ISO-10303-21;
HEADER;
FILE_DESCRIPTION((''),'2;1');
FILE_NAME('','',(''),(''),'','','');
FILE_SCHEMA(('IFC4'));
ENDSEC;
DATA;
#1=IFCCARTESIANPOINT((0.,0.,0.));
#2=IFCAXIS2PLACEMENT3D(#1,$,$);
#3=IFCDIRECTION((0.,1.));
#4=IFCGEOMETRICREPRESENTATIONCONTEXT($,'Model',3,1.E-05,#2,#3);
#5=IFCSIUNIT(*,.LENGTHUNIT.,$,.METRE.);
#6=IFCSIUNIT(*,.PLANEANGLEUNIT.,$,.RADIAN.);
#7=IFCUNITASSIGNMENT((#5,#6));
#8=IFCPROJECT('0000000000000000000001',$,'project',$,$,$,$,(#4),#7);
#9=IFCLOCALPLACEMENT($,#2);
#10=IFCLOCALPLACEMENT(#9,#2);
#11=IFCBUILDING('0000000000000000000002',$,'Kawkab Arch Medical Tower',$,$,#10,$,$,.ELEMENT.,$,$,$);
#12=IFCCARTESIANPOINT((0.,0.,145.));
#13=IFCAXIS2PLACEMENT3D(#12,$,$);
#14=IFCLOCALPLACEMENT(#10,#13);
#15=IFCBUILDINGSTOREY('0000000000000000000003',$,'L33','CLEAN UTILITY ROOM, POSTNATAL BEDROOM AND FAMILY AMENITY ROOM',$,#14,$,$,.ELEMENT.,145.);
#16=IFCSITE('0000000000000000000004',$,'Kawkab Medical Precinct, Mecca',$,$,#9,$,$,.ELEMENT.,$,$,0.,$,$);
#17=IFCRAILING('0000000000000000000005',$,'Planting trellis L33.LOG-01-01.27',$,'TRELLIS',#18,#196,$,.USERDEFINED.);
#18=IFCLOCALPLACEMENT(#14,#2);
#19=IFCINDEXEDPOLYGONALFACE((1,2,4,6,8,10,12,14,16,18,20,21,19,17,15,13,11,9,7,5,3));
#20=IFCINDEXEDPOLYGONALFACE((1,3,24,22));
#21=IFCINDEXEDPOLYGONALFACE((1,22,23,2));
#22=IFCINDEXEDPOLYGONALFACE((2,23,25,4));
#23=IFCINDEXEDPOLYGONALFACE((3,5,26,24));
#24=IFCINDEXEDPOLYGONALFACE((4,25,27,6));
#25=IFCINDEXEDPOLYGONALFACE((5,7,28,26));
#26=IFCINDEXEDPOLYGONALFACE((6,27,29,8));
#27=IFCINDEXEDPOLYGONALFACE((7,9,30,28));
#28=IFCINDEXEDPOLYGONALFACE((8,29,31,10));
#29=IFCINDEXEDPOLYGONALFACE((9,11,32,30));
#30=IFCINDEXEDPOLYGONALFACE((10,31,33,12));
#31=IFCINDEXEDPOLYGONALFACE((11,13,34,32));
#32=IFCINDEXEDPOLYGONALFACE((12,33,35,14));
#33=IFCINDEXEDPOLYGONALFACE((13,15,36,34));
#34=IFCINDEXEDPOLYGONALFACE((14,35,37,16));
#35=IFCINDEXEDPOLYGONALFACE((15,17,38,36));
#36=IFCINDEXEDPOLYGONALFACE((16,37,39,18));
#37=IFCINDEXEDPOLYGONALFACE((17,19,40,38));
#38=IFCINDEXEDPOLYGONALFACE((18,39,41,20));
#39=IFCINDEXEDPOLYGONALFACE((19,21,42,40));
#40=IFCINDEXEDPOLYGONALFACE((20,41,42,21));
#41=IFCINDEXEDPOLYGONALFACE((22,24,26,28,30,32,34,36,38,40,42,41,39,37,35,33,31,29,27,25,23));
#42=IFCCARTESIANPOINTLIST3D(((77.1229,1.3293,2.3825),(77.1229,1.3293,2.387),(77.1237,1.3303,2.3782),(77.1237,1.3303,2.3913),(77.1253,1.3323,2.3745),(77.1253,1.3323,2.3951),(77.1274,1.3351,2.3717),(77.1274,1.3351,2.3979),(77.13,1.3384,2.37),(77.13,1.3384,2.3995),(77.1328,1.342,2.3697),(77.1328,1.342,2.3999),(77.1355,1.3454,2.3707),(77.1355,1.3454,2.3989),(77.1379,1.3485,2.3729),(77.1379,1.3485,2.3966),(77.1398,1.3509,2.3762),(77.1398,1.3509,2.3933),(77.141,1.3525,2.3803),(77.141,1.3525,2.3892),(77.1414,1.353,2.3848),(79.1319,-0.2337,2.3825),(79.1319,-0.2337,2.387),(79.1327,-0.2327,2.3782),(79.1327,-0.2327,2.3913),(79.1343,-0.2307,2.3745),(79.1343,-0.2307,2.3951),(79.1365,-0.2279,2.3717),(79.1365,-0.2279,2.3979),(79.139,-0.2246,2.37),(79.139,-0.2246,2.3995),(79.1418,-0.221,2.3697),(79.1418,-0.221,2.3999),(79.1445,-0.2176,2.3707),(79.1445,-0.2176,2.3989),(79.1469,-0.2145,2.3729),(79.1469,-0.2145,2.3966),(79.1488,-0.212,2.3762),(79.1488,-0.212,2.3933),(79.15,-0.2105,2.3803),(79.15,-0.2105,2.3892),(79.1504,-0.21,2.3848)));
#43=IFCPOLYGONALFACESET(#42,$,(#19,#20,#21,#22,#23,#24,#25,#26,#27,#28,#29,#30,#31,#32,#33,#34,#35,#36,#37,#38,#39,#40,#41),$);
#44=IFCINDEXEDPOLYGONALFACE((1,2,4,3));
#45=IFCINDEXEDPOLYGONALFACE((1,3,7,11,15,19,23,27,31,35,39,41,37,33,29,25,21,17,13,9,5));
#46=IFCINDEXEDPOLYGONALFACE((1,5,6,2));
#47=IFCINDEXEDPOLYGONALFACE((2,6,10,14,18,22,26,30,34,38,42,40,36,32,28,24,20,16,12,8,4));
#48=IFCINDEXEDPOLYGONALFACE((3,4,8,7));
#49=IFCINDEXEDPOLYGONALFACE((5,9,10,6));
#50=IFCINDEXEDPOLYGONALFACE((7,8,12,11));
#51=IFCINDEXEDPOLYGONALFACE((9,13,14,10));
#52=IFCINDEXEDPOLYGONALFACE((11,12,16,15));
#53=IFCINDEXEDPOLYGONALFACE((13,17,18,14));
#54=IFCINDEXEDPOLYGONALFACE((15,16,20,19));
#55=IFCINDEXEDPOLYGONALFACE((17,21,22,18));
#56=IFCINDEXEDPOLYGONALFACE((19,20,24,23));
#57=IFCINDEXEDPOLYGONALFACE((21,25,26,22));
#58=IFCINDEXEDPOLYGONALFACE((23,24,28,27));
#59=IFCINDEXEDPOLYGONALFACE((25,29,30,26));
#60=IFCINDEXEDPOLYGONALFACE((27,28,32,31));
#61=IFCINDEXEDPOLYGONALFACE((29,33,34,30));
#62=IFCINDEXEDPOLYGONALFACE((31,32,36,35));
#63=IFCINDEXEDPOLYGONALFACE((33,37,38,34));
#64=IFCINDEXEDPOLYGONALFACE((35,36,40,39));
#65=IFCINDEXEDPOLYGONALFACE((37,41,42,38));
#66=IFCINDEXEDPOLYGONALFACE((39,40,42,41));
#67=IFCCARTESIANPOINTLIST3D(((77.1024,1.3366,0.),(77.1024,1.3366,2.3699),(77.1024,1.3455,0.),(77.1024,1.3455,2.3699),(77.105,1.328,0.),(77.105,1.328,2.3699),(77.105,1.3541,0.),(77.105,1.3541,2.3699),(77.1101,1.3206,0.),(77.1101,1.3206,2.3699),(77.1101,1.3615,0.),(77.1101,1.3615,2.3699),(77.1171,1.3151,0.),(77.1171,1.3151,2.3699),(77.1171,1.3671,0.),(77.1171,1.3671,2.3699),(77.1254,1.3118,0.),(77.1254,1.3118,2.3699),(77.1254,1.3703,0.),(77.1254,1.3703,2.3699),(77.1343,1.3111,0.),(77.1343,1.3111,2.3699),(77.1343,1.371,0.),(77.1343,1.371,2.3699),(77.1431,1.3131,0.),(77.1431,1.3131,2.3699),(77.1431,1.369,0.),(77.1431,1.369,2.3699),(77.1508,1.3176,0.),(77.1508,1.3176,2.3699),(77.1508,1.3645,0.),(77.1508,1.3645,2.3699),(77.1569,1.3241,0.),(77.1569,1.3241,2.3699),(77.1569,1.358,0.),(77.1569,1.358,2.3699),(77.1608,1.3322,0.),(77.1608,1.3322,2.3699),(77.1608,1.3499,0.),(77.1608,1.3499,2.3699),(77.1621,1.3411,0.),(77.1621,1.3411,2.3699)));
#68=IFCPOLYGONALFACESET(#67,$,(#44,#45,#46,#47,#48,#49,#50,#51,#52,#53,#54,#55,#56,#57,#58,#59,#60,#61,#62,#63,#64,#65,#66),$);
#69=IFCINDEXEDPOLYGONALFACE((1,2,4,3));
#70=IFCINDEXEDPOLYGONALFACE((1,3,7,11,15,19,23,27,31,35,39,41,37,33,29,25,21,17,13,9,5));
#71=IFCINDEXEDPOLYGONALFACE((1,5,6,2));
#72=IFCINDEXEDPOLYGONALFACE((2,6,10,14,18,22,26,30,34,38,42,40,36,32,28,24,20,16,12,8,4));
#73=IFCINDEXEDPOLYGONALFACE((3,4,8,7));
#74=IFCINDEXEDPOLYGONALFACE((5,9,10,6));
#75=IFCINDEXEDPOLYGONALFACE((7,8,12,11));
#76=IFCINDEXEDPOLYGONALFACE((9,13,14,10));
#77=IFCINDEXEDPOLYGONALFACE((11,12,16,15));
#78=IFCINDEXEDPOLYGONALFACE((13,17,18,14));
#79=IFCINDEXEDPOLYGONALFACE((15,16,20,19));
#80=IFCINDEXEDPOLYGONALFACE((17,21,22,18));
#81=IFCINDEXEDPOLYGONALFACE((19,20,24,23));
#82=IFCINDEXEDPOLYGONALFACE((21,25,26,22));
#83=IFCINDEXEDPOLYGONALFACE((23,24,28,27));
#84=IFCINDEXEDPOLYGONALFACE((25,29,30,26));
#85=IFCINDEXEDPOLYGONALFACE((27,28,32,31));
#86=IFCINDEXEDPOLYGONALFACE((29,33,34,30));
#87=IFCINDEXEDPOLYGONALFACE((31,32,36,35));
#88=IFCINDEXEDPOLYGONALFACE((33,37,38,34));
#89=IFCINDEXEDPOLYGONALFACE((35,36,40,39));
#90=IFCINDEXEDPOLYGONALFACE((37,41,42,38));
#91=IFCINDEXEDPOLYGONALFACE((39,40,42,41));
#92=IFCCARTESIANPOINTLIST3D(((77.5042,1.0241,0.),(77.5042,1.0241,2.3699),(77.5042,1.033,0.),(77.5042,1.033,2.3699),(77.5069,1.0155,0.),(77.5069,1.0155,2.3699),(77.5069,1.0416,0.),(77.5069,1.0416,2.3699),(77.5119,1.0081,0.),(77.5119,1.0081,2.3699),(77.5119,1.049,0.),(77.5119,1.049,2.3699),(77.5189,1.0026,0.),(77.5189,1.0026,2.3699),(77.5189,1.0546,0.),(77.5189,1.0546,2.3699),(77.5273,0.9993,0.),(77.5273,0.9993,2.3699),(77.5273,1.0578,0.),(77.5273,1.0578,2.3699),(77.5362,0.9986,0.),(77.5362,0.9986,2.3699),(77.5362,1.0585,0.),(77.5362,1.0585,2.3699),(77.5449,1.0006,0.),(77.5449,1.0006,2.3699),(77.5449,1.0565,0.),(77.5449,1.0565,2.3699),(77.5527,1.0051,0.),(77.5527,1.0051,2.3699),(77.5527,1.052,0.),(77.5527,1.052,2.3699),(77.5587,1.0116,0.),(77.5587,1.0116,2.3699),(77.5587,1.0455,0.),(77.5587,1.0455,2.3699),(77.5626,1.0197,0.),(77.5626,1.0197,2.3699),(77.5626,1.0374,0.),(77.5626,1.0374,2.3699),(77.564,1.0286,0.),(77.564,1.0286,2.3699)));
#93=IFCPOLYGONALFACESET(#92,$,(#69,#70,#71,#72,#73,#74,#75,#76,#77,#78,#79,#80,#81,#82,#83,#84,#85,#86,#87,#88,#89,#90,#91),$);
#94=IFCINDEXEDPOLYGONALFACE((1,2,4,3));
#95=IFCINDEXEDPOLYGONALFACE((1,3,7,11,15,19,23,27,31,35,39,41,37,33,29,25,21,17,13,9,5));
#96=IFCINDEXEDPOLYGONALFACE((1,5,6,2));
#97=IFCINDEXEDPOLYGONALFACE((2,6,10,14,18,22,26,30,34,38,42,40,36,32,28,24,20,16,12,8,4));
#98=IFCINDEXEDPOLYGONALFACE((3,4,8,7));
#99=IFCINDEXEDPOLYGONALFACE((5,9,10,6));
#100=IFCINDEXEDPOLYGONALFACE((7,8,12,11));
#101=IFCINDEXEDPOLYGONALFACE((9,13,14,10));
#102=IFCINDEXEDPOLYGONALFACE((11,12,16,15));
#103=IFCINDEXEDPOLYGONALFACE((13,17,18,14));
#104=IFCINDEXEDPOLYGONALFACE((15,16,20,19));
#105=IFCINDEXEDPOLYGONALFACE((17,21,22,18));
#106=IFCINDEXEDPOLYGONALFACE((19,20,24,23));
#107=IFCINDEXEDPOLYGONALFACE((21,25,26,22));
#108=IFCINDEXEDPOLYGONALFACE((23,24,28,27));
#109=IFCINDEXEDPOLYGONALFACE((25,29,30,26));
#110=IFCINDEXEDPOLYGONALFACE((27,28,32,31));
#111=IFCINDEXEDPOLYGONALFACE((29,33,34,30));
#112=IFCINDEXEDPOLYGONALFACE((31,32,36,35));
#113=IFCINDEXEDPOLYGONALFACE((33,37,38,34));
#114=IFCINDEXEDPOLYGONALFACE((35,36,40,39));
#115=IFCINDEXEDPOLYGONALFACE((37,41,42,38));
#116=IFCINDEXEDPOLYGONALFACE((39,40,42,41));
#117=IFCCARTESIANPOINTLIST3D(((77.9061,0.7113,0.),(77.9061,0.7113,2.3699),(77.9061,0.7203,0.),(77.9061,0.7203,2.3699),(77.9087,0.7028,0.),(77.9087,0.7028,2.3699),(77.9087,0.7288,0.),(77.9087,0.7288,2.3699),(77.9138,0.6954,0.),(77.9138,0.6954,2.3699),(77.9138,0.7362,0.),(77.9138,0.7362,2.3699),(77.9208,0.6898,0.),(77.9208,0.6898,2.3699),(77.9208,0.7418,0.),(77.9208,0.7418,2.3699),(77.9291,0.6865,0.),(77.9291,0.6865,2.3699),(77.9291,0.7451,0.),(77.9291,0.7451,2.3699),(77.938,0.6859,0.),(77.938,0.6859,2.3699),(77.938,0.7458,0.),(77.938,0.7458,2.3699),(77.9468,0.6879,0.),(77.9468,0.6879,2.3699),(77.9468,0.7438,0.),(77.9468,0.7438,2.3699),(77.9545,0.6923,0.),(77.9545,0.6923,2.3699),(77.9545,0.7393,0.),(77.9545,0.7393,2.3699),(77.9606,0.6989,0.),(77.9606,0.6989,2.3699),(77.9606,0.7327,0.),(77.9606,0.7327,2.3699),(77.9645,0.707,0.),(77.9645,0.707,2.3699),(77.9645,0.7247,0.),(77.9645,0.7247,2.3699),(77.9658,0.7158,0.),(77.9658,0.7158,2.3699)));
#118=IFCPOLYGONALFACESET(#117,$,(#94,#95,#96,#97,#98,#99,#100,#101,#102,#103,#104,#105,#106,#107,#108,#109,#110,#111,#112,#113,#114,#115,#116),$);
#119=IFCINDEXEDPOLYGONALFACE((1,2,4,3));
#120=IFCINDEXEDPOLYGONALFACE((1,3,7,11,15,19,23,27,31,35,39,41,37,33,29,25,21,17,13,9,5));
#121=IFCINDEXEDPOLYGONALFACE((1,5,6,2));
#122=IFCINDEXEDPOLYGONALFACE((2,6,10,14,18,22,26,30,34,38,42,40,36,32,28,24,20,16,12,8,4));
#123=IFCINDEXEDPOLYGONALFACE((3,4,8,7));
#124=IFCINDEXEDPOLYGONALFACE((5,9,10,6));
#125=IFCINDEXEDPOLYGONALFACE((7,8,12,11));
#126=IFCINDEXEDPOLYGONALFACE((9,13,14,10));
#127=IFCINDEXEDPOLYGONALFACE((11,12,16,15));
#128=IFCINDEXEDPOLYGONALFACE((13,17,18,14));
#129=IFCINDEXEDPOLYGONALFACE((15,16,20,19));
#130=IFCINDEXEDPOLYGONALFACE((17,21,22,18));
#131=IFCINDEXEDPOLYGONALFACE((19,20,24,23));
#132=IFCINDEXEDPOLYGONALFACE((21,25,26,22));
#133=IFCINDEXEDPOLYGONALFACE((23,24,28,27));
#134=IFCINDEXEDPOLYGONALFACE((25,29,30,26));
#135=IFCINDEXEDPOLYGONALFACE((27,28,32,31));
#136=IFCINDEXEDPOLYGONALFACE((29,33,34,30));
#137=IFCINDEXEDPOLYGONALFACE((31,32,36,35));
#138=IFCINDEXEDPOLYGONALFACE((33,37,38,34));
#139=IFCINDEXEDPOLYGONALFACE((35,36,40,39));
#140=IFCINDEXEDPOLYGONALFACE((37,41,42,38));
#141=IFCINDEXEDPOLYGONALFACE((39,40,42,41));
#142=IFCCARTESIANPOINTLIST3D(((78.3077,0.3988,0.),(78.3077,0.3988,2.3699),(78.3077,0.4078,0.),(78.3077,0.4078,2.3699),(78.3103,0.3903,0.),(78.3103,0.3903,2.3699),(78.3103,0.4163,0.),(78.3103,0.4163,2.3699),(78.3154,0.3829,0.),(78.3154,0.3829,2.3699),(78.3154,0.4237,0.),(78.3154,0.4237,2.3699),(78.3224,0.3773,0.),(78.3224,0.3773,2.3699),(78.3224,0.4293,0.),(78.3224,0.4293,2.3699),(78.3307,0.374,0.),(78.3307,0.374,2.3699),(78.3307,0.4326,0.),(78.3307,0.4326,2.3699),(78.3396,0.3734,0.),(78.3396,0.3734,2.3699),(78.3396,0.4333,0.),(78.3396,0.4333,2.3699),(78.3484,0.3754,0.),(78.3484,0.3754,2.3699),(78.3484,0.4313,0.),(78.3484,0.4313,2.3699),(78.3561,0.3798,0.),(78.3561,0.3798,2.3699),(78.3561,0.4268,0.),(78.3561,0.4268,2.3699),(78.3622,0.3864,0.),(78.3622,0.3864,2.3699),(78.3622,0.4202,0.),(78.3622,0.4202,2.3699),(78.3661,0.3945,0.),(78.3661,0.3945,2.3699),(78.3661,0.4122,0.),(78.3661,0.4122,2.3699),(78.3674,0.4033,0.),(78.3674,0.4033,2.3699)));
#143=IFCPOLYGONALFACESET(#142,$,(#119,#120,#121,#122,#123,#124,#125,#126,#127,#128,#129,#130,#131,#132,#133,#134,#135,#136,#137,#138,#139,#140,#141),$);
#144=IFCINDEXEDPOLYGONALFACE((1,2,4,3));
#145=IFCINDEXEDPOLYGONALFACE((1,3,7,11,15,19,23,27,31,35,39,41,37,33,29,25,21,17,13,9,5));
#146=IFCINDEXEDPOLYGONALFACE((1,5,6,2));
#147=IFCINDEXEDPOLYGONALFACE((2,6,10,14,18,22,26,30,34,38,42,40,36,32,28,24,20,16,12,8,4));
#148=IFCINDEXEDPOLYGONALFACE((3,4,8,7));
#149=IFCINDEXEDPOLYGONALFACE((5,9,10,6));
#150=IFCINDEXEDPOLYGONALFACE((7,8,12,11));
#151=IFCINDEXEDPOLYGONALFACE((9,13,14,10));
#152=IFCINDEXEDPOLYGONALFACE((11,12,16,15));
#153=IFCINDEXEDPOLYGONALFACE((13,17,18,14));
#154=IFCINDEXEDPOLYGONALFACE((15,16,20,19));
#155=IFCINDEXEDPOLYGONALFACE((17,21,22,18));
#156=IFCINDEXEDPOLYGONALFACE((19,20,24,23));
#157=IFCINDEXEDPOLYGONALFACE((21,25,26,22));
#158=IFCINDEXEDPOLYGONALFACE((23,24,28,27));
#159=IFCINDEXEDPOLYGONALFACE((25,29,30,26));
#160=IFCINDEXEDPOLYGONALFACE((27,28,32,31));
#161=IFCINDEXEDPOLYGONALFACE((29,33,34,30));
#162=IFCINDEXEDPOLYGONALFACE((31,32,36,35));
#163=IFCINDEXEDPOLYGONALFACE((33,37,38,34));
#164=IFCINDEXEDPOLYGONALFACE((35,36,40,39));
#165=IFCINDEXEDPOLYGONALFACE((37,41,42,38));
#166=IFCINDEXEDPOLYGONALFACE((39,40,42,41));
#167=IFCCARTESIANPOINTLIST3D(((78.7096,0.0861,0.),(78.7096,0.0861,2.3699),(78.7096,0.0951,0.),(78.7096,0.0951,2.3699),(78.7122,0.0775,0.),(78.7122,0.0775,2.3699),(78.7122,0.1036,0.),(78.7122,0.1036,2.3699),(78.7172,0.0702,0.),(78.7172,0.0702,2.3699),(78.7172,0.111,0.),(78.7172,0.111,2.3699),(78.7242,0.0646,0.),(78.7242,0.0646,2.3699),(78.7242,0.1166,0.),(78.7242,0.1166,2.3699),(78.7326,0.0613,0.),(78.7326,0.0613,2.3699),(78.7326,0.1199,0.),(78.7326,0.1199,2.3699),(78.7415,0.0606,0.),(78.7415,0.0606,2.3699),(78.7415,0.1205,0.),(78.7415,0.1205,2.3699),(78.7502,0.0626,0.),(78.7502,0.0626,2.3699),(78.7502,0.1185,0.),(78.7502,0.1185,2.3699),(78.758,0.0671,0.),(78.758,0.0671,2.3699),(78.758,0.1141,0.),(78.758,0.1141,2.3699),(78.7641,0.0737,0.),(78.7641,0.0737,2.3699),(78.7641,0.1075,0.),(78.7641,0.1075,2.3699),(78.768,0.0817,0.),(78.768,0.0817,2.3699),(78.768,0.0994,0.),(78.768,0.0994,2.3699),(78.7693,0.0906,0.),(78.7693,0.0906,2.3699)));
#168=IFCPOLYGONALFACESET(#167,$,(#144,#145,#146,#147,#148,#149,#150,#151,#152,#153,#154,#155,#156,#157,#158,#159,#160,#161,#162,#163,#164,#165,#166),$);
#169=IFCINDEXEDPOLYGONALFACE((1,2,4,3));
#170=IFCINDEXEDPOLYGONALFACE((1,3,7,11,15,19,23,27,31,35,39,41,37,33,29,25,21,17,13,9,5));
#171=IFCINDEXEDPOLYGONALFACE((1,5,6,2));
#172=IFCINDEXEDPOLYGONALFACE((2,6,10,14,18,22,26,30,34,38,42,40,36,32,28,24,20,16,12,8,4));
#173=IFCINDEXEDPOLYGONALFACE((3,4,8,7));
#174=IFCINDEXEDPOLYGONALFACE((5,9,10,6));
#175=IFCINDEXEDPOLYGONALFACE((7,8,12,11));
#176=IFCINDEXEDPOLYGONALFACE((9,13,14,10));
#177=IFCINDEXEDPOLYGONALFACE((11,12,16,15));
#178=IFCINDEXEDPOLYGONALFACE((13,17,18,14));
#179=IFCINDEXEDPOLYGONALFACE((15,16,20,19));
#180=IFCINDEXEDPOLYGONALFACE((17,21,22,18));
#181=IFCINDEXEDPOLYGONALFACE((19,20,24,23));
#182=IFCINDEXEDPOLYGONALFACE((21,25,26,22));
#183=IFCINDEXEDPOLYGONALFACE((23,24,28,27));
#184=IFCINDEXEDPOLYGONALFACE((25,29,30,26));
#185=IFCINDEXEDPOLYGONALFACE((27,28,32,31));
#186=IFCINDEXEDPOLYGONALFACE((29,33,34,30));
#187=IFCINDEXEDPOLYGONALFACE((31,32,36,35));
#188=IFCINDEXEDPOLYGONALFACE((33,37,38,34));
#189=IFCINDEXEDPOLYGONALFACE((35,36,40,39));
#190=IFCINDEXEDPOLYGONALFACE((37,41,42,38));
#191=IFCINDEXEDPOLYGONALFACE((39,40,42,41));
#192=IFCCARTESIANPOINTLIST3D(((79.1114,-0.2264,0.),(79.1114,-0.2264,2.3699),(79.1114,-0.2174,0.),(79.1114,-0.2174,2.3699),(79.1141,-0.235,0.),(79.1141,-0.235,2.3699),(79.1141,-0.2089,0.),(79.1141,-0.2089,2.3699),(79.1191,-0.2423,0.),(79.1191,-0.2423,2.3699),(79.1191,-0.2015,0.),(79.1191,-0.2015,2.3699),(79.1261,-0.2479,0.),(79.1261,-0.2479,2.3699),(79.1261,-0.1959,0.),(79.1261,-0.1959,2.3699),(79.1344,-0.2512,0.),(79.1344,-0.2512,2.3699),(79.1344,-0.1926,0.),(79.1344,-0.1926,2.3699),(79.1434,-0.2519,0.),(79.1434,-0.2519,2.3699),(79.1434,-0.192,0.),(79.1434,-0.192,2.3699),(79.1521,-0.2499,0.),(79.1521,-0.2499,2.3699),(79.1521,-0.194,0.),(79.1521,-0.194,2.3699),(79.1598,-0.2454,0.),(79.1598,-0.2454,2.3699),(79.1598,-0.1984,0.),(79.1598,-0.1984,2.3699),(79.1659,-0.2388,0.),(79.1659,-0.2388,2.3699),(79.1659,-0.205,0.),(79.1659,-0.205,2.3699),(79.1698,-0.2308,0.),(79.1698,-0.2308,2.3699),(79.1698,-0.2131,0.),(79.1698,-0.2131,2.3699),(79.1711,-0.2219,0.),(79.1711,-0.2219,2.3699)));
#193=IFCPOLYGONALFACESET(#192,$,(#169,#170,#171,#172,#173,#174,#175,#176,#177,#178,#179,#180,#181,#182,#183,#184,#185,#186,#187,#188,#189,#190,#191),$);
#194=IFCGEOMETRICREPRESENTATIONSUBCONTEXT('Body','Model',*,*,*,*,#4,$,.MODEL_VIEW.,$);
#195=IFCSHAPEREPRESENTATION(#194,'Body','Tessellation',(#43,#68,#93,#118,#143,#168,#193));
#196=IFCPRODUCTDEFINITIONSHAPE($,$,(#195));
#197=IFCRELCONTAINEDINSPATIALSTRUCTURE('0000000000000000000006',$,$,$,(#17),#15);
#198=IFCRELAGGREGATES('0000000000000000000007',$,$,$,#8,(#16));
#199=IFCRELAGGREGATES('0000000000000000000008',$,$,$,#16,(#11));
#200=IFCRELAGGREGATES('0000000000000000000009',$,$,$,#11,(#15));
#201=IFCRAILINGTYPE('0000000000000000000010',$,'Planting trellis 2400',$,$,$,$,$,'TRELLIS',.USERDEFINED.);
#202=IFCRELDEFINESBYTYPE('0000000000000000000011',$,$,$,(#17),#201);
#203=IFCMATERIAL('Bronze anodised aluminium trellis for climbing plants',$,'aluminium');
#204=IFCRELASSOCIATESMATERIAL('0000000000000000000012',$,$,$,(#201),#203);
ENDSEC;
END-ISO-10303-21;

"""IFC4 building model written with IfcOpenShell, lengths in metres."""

from ifc_helpers import new_model, si_unit, direction, frame, origin, origin_2d, place, context, subcontext, project, spatial, circle, extrude, material, type_object, element, save


model = new_model("IFC4")

# Units and contexts
model_context = context("Model", 3, precision=1e-05, world=origin(), true_north=direction((0.0, 1.0)))
body_context = subcontext(model_context, "Body", "Model", "MODEL_VIEW")
ifc_project = project(units=[si_unit("LENGTHUNIT", "METRE"), si_unit("PLANEANGLEUNIT", "RADIAN")], contexts=[model_context])

# Site, building, storey
site_placement = place(None, origin())
site = spatial("IfcSite", under=ifc_project, at=site_placement, Name="Kawkab Medical Precinct, Mecca", CompositionType="ELEMENT", RefElevation=0.0)
building_placement = place(site_placement, origin())
building = spatial("IfcBuilding", under=site, at=building_placement, Name="Kawkab Arch Medical Tower", CompositionType="ELEMENT")
storey_placement = place(building_placement, frame((0.0, 0.0, 145.0)))
storey = spatial("IfcBuildingStorey", under=building, at=storey_placement, Name="L33", Description="CLEAN UTILITY ROOM, POSTNATAL BEDROOM AND FAMILY AMENITY ROOM", CompositionType="ELEMENT", Elevation=145.0)

# Railing
ifc_material_1 = material(Name="Bronze anodised aluminium trellis for climbing plants", Category="aluminium")
railing_type = type_object("IfcRailingType", Name="Planting trellis 2400", ElementType="TRELLIS", PredefinedType="USERDEFINED", material=ifc_material_1)
railing_1_placement = place(storey_placement, frame((77.1321, 1.3411, 0.0)))
element("IfcRailing", 1, at=railing_1_placement, inside=storey, type_object=railing_type, Name="Planting trellis L33.LOG-01-01.27", ObjectType="TRELLIS", PredefinedType="USERDEFINED", context=body_context, shape_type="SweptSolid", body=[
    extrude(circle(Radius=0.0151, at=origin_2d()), frame((0.0, 0.0, 2.3848), z_axis=(0.789275, -0.61404, 0.0), x_axis=(0.61404, 0.789275, 0.0)), (0.0, 0.0, 1.0), 2.5454),
    extrude(circle(Radius=0.03, at=origin_2d()), origin(), (0.0, 0.0, 1.0), 2.3699),
    extrude(circle(Radius=0.03, at=origin_2d()), frame((0.4019, -0.3125, 0.0)), (0.0, 0.0, 1.0), 2.3699),
    extrude(circle(Radius=0.03, at=origin_2d()), frame((0.8037, -0.6252, 0.0)), (0.0, 0.0, 1.0), 2.3699),
    extrude(circle(Radius=0.03, at=origin_2d()), frame((1.2053, -0.9377, 0.0)), (0.0, 0.0, 1.0), 2.3699),
    extrude(circle(Radius=0.03, at=origin_2d()), frame((1.6072, -1.2505, 0.0)), (0.0, 0.0, 1.0), 2.3699),
    extrude(circle(Radius=0.03, at=origin_2d()), frame((2.009, -1.563, 0.0)), (0.0, 0.0, 1.0), 2.3699),
])

save(model, "model.ifc")
